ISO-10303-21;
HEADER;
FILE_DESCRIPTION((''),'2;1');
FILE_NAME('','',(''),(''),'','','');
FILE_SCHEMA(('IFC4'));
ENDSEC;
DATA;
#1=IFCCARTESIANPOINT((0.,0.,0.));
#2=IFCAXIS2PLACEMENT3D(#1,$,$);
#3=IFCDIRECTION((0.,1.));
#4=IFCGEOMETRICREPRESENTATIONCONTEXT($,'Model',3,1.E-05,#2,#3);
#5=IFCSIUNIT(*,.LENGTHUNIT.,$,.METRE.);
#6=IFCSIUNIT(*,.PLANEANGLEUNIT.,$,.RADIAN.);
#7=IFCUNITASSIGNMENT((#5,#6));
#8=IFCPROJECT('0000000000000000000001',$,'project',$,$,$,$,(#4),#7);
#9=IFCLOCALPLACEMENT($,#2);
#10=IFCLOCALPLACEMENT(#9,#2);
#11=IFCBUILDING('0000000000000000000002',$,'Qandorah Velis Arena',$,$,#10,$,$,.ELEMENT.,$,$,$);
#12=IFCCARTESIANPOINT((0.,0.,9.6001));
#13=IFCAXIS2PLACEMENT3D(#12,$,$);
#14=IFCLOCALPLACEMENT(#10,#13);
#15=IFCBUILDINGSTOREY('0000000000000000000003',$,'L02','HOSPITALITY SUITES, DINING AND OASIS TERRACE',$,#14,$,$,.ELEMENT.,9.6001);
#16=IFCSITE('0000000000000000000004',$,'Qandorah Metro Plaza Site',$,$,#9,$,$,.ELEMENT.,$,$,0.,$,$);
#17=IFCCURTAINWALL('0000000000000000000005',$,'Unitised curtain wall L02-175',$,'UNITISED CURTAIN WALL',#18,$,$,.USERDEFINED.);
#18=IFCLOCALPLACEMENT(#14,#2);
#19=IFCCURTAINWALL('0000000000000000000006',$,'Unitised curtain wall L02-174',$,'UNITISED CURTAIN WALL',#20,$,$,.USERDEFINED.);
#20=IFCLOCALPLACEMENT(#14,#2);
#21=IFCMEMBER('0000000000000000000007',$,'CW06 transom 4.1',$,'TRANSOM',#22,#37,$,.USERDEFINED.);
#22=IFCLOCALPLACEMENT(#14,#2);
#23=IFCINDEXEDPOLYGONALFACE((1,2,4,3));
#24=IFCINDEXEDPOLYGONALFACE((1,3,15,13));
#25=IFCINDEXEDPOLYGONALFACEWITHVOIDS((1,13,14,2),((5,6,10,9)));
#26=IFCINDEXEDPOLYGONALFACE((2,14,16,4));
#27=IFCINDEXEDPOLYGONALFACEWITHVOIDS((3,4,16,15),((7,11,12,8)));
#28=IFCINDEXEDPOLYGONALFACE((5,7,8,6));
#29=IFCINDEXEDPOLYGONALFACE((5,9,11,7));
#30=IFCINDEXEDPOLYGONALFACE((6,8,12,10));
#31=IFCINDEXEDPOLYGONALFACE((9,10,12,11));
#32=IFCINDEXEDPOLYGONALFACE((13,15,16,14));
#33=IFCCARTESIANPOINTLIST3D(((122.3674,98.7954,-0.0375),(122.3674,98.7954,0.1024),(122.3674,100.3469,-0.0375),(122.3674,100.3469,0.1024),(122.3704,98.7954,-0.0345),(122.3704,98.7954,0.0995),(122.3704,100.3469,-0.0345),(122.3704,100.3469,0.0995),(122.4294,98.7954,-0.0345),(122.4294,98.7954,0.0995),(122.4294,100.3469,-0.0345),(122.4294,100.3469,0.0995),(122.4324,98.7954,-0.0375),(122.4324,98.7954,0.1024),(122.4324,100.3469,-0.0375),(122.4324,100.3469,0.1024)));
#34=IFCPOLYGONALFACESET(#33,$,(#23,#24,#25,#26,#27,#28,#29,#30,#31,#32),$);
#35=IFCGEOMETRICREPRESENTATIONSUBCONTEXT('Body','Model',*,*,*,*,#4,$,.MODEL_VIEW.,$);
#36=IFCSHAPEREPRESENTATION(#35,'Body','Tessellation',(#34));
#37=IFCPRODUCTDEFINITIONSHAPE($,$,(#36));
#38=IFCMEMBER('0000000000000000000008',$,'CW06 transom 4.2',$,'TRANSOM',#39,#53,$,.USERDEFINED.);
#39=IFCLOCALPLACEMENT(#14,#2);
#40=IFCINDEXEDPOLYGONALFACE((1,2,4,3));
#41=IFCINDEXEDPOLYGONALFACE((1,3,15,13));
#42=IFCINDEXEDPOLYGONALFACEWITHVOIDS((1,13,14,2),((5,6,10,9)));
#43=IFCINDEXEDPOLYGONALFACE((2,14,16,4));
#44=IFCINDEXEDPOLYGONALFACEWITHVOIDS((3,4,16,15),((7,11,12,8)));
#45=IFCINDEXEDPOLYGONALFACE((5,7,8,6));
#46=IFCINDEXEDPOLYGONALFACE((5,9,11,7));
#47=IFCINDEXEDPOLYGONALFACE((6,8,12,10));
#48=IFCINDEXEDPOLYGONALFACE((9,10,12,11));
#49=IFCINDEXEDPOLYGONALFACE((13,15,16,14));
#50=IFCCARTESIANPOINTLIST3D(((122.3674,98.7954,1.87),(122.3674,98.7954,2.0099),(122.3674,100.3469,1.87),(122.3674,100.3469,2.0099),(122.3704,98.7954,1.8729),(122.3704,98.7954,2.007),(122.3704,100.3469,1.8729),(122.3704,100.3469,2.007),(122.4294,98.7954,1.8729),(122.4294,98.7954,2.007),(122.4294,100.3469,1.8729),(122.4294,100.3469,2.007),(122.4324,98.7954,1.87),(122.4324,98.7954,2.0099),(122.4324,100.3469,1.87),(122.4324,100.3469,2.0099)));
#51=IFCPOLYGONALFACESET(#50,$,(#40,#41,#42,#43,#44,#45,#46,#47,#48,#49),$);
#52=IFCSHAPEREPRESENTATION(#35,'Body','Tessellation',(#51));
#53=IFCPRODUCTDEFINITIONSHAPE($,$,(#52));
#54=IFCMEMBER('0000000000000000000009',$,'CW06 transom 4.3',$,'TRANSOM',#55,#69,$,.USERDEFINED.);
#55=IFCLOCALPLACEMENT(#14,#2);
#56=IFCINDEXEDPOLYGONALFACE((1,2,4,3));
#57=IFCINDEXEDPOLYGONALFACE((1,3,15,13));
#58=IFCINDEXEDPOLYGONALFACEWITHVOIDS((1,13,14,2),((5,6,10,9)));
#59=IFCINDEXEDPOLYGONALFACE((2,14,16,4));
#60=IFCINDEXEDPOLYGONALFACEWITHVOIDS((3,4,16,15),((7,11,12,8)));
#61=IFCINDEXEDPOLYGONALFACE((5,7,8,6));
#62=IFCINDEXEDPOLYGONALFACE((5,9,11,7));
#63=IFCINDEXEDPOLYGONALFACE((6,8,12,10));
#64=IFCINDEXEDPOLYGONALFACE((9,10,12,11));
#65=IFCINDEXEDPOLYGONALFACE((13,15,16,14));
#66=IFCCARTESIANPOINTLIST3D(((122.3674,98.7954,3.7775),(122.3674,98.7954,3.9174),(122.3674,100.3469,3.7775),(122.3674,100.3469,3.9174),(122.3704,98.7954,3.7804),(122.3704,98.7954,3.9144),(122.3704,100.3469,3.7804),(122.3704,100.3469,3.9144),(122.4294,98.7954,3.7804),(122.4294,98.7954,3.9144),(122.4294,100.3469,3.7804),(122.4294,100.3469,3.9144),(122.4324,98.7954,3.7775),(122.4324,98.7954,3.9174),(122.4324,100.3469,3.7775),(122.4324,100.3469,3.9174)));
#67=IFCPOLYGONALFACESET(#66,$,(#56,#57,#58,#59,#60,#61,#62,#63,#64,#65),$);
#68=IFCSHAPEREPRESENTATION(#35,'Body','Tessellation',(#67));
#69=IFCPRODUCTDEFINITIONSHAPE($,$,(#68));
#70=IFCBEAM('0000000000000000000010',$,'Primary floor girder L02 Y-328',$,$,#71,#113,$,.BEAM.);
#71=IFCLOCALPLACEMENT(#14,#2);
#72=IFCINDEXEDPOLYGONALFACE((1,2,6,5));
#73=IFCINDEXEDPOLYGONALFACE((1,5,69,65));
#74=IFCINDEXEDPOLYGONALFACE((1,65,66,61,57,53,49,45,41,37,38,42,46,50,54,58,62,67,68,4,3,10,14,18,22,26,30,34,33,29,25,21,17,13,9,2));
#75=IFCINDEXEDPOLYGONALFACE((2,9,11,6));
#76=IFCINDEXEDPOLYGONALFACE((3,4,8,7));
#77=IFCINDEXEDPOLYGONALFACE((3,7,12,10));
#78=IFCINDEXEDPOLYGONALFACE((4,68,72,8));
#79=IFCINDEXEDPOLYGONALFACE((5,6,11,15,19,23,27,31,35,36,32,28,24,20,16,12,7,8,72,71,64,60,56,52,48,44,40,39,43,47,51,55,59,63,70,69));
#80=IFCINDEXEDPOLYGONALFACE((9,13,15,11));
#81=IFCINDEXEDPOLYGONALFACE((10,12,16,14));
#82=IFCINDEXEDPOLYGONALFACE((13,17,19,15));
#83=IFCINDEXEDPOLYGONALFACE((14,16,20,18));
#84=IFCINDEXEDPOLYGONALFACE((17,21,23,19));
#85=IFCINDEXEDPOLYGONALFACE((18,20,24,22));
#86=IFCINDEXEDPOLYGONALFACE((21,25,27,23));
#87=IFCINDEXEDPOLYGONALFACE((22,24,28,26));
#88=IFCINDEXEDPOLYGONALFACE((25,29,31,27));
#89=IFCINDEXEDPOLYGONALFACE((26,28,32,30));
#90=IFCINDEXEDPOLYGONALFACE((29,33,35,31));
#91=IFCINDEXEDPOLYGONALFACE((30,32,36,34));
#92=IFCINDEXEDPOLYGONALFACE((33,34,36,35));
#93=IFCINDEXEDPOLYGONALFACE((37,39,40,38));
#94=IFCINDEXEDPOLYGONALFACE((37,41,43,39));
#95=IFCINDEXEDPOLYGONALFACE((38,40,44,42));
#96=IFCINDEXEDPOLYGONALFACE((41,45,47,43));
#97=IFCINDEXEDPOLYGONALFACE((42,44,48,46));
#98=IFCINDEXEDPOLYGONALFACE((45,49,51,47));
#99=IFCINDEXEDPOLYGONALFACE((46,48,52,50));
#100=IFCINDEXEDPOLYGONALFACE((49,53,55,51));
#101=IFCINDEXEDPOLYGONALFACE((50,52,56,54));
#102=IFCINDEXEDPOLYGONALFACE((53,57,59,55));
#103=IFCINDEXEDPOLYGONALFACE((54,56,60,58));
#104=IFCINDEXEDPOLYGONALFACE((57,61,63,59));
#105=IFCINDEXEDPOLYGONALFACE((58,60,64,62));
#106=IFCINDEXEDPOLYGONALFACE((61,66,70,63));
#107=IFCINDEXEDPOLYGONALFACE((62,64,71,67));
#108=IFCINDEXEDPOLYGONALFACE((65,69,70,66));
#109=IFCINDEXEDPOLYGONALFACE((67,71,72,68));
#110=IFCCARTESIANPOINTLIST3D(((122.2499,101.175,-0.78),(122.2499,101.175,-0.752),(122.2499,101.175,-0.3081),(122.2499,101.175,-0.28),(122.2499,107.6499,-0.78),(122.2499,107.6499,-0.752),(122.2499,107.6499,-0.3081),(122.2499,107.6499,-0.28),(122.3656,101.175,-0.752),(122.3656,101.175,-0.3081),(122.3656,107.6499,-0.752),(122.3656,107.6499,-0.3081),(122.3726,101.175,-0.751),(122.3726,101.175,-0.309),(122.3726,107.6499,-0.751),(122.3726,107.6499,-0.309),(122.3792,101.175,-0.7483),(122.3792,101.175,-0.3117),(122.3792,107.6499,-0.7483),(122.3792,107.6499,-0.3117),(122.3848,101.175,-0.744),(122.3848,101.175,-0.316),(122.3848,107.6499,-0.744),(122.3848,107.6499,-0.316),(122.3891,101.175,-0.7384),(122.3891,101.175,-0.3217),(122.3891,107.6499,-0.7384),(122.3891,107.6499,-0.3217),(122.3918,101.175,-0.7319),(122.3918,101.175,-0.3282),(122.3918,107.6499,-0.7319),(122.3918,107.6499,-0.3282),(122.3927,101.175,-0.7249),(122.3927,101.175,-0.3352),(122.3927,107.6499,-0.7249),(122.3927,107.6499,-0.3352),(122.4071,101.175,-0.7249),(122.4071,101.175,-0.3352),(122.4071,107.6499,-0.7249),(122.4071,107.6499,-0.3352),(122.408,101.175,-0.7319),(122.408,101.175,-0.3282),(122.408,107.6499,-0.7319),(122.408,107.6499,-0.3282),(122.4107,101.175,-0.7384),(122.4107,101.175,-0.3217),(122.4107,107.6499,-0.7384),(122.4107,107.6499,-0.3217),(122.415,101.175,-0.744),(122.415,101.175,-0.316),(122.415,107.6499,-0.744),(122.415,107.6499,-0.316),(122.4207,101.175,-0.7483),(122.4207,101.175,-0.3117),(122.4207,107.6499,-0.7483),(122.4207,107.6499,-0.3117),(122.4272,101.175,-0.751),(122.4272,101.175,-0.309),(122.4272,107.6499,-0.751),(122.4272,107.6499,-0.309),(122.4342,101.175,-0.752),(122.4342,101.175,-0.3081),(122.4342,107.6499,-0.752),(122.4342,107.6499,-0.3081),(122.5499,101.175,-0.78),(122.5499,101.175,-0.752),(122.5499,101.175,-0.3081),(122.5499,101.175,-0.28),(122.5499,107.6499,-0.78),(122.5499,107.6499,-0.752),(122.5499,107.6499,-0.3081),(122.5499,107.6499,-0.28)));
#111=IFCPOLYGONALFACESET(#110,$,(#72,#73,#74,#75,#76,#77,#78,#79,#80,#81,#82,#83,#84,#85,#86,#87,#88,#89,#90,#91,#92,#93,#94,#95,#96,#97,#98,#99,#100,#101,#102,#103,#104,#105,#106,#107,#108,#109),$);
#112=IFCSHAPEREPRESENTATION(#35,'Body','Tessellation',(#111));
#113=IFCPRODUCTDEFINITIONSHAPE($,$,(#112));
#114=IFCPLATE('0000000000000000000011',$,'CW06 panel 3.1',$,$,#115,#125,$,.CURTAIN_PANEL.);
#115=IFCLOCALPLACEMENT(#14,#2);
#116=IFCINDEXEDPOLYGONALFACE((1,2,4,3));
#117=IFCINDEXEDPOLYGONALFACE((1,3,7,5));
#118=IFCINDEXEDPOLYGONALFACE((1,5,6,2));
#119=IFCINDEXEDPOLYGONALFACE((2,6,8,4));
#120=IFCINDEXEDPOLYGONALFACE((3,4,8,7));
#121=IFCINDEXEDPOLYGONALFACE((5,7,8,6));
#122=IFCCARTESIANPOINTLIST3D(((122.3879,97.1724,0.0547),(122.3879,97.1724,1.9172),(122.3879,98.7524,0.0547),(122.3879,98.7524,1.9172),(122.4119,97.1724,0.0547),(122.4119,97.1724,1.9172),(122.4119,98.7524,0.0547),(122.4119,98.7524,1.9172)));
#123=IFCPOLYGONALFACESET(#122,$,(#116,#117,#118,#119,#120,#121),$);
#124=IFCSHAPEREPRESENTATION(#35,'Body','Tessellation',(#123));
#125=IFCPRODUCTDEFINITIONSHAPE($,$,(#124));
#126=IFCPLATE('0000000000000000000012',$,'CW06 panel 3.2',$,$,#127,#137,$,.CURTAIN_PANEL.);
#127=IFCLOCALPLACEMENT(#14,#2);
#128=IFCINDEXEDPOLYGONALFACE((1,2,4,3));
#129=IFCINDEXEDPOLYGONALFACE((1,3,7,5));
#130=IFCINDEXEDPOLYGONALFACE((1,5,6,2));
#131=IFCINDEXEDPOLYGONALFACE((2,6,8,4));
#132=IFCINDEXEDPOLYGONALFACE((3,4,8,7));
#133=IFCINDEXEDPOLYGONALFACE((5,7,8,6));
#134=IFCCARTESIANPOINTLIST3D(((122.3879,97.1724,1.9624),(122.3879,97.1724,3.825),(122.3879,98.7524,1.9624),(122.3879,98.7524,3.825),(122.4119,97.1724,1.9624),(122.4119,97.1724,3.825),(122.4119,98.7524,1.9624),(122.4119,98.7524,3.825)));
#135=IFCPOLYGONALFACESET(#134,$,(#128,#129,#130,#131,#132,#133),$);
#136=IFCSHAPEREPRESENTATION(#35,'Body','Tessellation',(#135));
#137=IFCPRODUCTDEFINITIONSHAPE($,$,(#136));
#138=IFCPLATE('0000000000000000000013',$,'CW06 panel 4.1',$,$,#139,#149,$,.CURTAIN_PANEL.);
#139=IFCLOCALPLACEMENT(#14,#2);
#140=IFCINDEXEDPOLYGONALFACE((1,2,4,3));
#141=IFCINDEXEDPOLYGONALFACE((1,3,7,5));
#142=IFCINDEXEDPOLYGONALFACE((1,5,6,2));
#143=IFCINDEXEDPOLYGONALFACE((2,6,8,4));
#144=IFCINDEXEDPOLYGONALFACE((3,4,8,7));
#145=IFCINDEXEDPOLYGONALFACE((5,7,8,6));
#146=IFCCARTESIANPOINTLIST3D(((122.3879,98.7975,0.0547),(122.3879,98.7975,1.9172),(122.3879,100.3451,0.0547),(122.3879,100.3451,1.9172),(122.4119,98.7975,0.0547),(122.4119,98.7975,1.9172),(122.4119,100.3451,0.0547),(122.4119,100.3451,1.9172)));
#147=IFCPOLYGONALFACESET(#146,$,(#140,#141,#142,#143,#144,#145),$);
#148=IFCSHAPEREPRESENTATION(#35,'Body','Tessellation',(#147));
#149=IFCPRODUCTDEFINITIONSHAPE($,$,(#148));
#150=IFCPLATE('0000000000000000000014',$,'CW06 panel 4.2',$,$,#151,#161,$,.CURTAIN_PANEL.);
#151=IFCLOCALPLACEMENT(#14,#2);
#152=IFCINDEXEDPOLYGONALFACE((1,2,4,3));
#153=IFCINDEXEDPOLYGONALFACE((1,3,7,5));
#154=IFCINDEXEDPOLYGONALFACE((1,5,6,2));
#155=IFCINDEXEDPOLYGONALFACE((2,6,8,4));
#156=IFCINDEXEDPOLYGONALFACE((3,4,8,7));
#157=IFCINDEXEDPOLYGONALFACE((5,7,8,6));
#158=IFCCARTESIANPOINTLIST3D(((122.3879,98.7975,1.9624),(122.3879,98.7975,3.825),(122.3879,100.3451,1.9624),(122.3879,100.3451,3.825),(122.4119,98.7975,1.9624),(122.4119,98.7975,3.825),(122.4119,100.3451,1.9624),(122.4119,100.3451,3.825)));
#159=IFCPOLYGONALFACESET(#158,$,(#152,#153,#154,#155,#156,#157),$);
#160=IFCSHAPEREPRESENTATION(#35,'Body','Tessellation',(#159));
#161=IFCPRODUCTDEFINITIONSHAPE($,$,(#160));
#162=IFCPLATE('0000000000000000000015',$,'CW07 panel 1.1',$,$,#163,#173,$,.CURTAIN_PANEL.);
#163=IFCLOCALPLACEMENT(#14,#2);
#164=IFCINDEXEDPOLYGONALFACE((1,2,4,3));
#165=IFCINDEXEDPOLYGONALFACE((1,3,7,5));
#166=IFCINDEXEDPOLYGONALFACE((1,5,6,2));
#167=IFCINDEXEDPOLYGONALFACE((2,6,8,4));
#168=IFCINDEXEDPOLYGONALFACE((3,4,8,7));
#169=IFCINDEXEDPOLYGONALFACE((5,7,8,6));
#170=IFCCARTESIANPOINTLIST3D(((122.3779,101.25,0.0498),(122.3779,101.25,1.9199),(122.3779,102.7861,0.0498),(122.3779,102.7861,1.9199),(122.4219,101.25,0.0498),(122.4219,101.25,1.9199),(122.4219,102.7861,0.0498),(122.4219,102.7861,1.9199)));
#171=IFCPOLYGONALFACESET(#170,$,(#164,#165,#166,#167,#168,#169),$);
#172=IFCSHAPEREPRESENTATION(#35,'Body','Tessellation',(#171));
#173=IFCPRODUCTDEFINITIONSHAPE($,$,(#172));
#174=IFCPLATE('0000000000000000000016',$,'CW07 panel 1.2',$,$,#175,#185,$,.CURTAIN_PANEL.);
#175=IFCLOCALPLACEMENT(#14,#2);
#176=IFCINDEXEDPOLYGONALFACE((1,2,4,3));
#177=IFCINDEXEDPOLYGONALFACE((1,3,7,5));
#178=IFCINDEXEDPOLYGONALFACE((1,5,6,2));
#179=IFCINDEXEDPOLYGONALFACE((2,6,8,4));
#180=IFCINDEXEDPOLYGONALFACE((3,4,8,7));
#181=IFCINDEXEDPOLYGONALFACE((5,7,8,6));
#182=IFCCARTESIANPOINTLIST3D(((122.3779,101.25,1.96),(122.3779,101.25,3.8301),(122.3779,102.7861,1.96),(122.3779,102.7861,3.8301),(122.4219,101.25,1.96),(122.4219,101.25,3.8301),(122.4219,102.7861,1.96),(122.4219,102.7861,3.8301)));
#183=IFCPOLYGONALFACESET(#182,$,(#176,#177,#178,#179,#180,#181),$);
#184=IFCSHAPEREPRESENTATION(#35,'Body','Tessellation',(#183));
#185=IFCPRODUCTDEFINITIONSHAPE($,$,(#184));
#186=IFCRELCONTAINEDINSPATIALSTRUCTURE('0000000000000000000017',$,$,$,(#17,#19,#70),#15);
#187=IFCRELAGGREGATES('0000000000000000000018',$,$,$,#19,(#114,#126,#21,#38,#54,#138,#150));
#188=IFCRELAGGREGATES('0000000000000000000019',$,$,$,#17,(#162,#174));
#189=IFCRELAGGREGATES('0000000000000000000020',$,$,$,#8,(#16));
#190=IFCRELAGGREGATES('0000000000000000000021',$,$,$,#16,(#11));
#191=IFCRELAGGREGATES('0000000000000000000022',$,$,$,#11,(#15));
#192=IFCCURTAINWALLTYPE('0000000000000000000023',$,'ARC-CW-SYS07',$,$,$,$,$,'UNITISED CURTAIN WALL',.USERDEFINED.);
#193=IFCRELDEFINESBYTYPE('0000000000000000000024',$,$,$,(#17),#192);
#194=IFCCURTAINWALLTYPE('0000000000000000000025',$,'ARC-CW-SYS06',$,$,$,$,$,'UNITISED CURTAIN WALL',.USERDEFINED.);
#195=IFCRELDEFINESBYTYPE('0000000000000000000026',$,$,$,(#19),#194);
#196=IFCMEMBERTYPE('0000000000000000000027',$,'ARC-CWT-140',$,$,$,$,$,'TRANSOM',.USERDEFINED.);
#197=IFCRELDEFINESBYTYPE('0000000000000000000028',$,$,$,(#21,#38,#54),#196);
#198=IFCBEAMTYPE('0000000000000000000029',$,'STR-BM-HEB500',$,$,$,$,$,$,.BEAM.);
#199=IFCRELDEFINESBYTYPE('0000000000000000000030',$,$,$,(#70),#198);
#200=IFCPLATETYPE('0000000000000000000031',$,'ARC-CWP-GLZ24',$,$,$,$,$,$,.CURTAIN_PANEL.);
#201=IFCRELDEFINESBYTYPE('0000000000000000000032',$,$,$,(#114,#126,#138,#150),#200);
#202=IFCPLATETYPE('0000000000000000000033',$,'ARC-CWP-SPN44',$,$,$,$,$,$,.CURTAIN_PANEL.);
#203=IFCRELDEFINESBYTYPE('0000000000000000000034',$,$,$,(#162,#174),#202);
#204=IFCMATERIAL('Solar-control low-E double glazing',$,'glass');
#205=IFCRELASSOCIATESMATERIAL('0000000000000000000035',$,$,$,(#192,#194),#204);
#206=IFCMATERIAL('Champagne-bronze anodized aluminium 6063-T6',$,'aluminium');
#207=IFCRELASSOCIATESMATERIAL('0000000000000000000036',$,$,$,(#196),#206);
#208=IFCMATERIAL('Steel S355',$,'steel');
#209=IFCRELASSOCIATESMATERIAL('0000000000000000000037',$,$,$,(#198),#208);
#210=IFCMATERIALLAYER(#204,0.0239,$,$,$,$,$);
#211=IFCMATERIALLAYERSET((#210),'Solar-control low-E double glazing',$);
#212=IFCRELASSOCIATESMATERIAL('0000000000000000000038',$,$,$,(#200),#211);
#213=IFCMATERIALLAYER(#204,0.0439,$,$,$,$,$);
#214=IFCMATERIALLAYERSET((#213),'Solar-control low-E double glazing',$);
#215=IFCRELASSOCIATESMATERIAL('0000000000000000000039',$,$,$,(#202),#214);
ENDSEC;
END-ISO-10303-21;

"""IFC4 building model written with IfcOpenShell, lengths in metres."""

from ifc_helpers import new_model, si_unit, direction, frame, origin, origin_2d, place, context, subcontext, project, spatial, rectangle, hollow_rectangle, i_section, extrude, material, layer, layer_set, material_profile, profile_set, type_object, element, aggregate, save


model = new_model("IFC4")

# Units and contexts
model_context = context("Model", 3, precision=1e-05, world=origin(), true_north=direction((0.0, 1.0)))
body_context = subcontext(model_context, "Body", "Model", "MODEL_VIEW")
ifc_project = project(units=[si_unit("LENGTHUNIT", "METRE"), si_unit("PLANEANGLEUNIT", "RADIAN")], contexts=[model_context])

# Site, building, storey
site_placement = place(None, origin())
site = spatial("IfcSite", under=ifc_project, at=site_placement, Name="Qandorah Metro Plaza Site", CompositionType="ELEMENT", RefElevation=0.0)
building_placement = place(site_placement, origin())
building = spatial("IfcBuilding", under=site, at=building_placement, Name="Qandorah Velis Arena", CompositionType="ELEMENT")
storey_placement = place(building_placement, frame((0.0, 0.0, 9.6001)))
storey = spatial("IfcBuildingStorey", under=building, at=storey_placement, Name="L02", Description="HOSPITALITY SUITES, DINING AND OASIS TERRACE", CompositionType="ELEMENT", Elevation=9.6001)

# Curtain walls
ifc_material_1 = material(Name="Solar-control low-E double glazing", Category="glass")
curtain_wall_type_1 = type_object("IfcCurtainWallType", Name="ARC-CW-SYS07", ElementType="UNITISED CURTAIN WALL", PredefinedType="USERDEFINED", material=ifc_material_1)
curtain_wall_1_placement = place(storey_placement, origin())
curtain_wall_1 = element("IfcCurtainWall", 1, at=curtain_wall_1_placement, inside=storey, type_object=curtain_wall_type_1, Name="Unitised curtain wall L02-175", ObjectType="UNITISED CURTAIN WALL", PredefinedType="USERDEFINED")
ifc_material_2 = material(Name="Champagne-bronze anodized aluminium 6063-T6", Category="aluminium")
curtain_wall_type_2 = type_object("IfcCurtainWallType", Name="ARC-CW-SYS06", ElementType="UNITISED CURTAIN WALL", PredefinedType="USERDEFINED", material=ifc_material_1)
curtain_wall_2_placement = place(storey_placement, origin())
curtain_wall_2 = element("IfcCurtainWall", 2, at=curtain_wall_2_placement, inside=storey, type_object=curtain_wall_type_2, Name="Unitised curtain wall L02-174", ObjectType="UNITISED CURTAIN WALL", PredefinedType="USERDEFINED")

# Members
ifc_material_profile_1 = material_profile(ifc_material_2, hollow_rectangle(XDim=0.0649, YDim=0.1399, WallThickness=0.0029, at=origin_2d()), Name="ALU TRANSOM 65x140")
ifc_profile_set_1 = profile_set([ifc_material_profile_1], Name="Champagne-bronze anodized aluminium 6063-T6")
member_type_1 = type_object("IfcMemberType", Name="ARC-CWT-140", ElementType="TRANSOM", PredefinedType="USERDEFINED", material=ifc_profile_set_1)
member_1_placement = place(storey_placement, frame((122.3999, 98.7954, 0.0325), z_axis=(0.0, 1.0, 0.0), x_axis=(-1.0, 0.0, 0.0)))
member_1 = element("IfcMember", 3, at=member_1_placement, type_object=member_type_1, Name="CW06 transom 4.1", ObjectType="TRANSOM", PredefinedType="USERDEFINED", context=body_context, shape_type="SweptSolid", body=[
    extrude(hollow_rectangle(XDim=0.0649, YDim=0.1399, WallThickness=0.0029, at=origin_2d()), origin(), (0.0, 0.0, 1.0), 1.5515),
])
member_2_placement = place(storey_placement, frame((122.3999, 98.7954, 1.9399), z_axis=(0.0, 1.0, 0.0), x_axis=(-1.0, 0.0, 0.0)))
member_2 = element("IfcMember", 4, at=member_2_placement, type_object=member_type_1, Name="CW06 transom 4.2", ObjectType="TRANSOM", PredefinedType="USERDEFINED", context=body_context, shape_type="SweptSolid", body=[
    extrude(hollow_rectangle(XDim=0.0649, YDim=0.1399, WallThickness=0.0029, at=origin_2d()), origin(), (0.0, 0.0, 1.0), 1.5515),
])
member_3_placement = place(storey_placement, frame((122.3999, 98.7954, 3.8474), z_axis=(0.0, 1.0, 0.0), x_axis=(-1.0, 0.0, 0.0)))
member_3 = element("IfcMember", 5, at=member_3_placement, type_object=member_type_1, Name="CW06 transom 4.3", ObjectType="TRANSOM", PredefinedType="USERDEFINED", context=body_context, shape_type="SweptSolid", body=[
    extrude(hollow_rectangle(XDim=0.0649, YDim=0.1399, WallThickness=0.0029, at=origin_2d()), origin(), (0.0, 0.0, 1.0), 1.5515),
])

# Beam
ifc_material_3 = material(Name="Steel S355", Category="steel")
ifc_material_profile_2 = material_profile(ifc_material_3, i_section(OverallWidth=0.3, OverallDepth=0.5, WebThickness=0.0144, FlangeThickness=0.0281, FilletRadius=0.0271, at=origin_2d()), Name="HEB 500")
ifc_profile_set_2 = profile_set([ifc_material_profile_2], Name="Steel S355")
beam_type = type_object("IfcBeamType", Name="STR-BM-HEB500", PredefinedType="BEAM", material=ifc_profile_set_2)
beam_placement = place(storey_placement, frame((122.3999, 101.175, -0.53), z_axis=(0.0, 1.0, 0.0), x_axis=(-1.0, 0.0, 0.0)))
element("IfcBeam", 6, at=beam_placement, inside=storey, type_object=beam_type, Name="Primary floor girder L02 Y-328", PredefinedType="BEAM", context=body_context, shape_type="SweptSolid", body=[
    extrude(i_section(OverallWidth=0.3, OverallDepth=0.5, WebThickness=0.0144, FlangeThickness=0.0281, FilletRadius=0.0271, at=origin_2d()), origin(), (0.0, 0.0, 1.0), 6.4749),
])

# Plates
ifc_layer_1 = layer(ifc_material_1, 0.0239)
ifc_layer_set_1 = layer_set([ifc_layer_1], Name="Solar-control low-E double glazing")
plate_type_1 = type_object("IfcPlateType", Name="ARC-CWP-GLZ24", PredefinedType="CURTAIN_PANEL", material=ifc_layer_set_1)
plate_1_placement = place(storey_placement, frame((122.3999, 97.9624, 0.0547), z_axis=(0.0, 0.0, 1.0), x_axis=(0.0, 1.0, 0.0)))
plate_1 = element("IfcPlate", 7, at=plate_1_placement, type_object=plate_type_1, Name="CW06 panel 3.1", PredefinedType="CURTAIN_PANEL", context=body_context, shape_type="SweptSolid", body=[
    extrude(rectangle(XDim=1.5801, YDim=0.0239, at=origin_2d()), origin(), (0.0, 0.0, 1.0), 1.8625),
])
plate_2_placement = place(storey_placement, frame((122.3999, 97.9624, 1.9624), z_axis=(0.0, 0.0, 1.0), x_axis=(0.0, 1.0, 0.0)))
plate_2 = element("IfcPlate", 8, at=plate_2_placement, type_object=plate_type_1, Name="CW06 panel 3.2", PredefinedType="CURTAIN_PANEL", context=body_context, shape_type="SweptSolid", body=[
    extrude(rectangle(XDim=1.5801, YDim=0.0239, at=origin_2d()), origin(), (0.0, 0.0, 1.0), 1.8625),
])
plate_3_placement = place(storey_placement, frame((122.3999, 99.5713, 0.0547), z_axis=(0.0, 0.0, 1.0), x_axis=(0.0, 1.0, 0.0)))
plate_3 = element("IfcPlate", 9, at=plate_3_placement, type_object=plate_type_1, Name="CW06 panel 4.1", PredefinedType="CURTAIN_PANEL", context=body_context, shape_type="SweptSolid", body=[
    extrude(rectangle(XDim=1.5476, YDim=0.0239, at=origin_2d()), origin(), (0.0, 0.0, 1.0), 1.8625),
])
plate_4_placement = place(storey_placement, frame((122.3999, 99.5713, 1.9624), z_axis=(0.0, 0.0, 1.0), x_axis=(0.0, 1.0, 0.0)))
plate_4 = element("IfcPlate", 10, at=plate_4_placement, type_object=plate_type_1, Name="CW06 panel 4.2", PredefinedType="CURTAIN_PANEL", context=body_context, shape_type="SweptSolid", body=[
    extrude(rectangle(XDim=1.5476, YDim=0.0239, at=origin_2d()), origin(), (0.0, 0.0, 1.0), 1.8625),
])
aggregate(curtain_wall_2, [plate_1, plate_2, member_1, member_2, member_3, plate_3, plate_4])
ifc_layer_2 = layer(ifc_material_1, 0.0439)
ifc_layer_set_2 = layer_set([ifc_layer_2], Name="Solar-control low-E double glazing")
plate_type_2 = type_object("IfcPlateType", Name="ARC-CWP-SPN44", PredefinedType="CURTAIN_PANEL", material=ifc_layer_set_2)
plate_5_placement = place(storey_placement, frame((122.3999, 102.0181, 0.0498), z_axis=(0.0, 0.0, 1.0), x_axis=(0.0, 1.0, 0.0)))
plate_5 = element("IfcPlate", 11, at=plate_5_placement, type_object=plate_type_2, Name="CW07 panel 1.1", PredefinedType="CURTAIN_PANEL", context=body_context, shape_type="SweptSolid", body=[
    extrude(rectangle(XDim=1.5361, YDim=0.0439, at=origin_2d()), origin(), (0.0, 0.0, 1.0), 1.8701),
])
plate_6_placement = place(storey_placement, frame((122.3999, 102.0181, 1.96), z_axis=(0.0, 0.0, 1.0), x_axis=(0.0, 1.0, 0.0)))
plate_6 = element("IfcPlate", 12, at=plate_6_placement, type_object=plate_type_2, Name="CW07 panel 1.2", PredefinedType="CURTAIN_PANEL", context=body_context, shape_type="SweptSolid", body=[
    extrude(rectangle(XDim=1.5361, YDim=0.0439, at=origin_2d()), origin(), (0.0, 0.0, 1.0), 1.8701),
])
aggregate(curtain_wall_1, [plate_5, plate_6])

save(model, "model.ifc")
